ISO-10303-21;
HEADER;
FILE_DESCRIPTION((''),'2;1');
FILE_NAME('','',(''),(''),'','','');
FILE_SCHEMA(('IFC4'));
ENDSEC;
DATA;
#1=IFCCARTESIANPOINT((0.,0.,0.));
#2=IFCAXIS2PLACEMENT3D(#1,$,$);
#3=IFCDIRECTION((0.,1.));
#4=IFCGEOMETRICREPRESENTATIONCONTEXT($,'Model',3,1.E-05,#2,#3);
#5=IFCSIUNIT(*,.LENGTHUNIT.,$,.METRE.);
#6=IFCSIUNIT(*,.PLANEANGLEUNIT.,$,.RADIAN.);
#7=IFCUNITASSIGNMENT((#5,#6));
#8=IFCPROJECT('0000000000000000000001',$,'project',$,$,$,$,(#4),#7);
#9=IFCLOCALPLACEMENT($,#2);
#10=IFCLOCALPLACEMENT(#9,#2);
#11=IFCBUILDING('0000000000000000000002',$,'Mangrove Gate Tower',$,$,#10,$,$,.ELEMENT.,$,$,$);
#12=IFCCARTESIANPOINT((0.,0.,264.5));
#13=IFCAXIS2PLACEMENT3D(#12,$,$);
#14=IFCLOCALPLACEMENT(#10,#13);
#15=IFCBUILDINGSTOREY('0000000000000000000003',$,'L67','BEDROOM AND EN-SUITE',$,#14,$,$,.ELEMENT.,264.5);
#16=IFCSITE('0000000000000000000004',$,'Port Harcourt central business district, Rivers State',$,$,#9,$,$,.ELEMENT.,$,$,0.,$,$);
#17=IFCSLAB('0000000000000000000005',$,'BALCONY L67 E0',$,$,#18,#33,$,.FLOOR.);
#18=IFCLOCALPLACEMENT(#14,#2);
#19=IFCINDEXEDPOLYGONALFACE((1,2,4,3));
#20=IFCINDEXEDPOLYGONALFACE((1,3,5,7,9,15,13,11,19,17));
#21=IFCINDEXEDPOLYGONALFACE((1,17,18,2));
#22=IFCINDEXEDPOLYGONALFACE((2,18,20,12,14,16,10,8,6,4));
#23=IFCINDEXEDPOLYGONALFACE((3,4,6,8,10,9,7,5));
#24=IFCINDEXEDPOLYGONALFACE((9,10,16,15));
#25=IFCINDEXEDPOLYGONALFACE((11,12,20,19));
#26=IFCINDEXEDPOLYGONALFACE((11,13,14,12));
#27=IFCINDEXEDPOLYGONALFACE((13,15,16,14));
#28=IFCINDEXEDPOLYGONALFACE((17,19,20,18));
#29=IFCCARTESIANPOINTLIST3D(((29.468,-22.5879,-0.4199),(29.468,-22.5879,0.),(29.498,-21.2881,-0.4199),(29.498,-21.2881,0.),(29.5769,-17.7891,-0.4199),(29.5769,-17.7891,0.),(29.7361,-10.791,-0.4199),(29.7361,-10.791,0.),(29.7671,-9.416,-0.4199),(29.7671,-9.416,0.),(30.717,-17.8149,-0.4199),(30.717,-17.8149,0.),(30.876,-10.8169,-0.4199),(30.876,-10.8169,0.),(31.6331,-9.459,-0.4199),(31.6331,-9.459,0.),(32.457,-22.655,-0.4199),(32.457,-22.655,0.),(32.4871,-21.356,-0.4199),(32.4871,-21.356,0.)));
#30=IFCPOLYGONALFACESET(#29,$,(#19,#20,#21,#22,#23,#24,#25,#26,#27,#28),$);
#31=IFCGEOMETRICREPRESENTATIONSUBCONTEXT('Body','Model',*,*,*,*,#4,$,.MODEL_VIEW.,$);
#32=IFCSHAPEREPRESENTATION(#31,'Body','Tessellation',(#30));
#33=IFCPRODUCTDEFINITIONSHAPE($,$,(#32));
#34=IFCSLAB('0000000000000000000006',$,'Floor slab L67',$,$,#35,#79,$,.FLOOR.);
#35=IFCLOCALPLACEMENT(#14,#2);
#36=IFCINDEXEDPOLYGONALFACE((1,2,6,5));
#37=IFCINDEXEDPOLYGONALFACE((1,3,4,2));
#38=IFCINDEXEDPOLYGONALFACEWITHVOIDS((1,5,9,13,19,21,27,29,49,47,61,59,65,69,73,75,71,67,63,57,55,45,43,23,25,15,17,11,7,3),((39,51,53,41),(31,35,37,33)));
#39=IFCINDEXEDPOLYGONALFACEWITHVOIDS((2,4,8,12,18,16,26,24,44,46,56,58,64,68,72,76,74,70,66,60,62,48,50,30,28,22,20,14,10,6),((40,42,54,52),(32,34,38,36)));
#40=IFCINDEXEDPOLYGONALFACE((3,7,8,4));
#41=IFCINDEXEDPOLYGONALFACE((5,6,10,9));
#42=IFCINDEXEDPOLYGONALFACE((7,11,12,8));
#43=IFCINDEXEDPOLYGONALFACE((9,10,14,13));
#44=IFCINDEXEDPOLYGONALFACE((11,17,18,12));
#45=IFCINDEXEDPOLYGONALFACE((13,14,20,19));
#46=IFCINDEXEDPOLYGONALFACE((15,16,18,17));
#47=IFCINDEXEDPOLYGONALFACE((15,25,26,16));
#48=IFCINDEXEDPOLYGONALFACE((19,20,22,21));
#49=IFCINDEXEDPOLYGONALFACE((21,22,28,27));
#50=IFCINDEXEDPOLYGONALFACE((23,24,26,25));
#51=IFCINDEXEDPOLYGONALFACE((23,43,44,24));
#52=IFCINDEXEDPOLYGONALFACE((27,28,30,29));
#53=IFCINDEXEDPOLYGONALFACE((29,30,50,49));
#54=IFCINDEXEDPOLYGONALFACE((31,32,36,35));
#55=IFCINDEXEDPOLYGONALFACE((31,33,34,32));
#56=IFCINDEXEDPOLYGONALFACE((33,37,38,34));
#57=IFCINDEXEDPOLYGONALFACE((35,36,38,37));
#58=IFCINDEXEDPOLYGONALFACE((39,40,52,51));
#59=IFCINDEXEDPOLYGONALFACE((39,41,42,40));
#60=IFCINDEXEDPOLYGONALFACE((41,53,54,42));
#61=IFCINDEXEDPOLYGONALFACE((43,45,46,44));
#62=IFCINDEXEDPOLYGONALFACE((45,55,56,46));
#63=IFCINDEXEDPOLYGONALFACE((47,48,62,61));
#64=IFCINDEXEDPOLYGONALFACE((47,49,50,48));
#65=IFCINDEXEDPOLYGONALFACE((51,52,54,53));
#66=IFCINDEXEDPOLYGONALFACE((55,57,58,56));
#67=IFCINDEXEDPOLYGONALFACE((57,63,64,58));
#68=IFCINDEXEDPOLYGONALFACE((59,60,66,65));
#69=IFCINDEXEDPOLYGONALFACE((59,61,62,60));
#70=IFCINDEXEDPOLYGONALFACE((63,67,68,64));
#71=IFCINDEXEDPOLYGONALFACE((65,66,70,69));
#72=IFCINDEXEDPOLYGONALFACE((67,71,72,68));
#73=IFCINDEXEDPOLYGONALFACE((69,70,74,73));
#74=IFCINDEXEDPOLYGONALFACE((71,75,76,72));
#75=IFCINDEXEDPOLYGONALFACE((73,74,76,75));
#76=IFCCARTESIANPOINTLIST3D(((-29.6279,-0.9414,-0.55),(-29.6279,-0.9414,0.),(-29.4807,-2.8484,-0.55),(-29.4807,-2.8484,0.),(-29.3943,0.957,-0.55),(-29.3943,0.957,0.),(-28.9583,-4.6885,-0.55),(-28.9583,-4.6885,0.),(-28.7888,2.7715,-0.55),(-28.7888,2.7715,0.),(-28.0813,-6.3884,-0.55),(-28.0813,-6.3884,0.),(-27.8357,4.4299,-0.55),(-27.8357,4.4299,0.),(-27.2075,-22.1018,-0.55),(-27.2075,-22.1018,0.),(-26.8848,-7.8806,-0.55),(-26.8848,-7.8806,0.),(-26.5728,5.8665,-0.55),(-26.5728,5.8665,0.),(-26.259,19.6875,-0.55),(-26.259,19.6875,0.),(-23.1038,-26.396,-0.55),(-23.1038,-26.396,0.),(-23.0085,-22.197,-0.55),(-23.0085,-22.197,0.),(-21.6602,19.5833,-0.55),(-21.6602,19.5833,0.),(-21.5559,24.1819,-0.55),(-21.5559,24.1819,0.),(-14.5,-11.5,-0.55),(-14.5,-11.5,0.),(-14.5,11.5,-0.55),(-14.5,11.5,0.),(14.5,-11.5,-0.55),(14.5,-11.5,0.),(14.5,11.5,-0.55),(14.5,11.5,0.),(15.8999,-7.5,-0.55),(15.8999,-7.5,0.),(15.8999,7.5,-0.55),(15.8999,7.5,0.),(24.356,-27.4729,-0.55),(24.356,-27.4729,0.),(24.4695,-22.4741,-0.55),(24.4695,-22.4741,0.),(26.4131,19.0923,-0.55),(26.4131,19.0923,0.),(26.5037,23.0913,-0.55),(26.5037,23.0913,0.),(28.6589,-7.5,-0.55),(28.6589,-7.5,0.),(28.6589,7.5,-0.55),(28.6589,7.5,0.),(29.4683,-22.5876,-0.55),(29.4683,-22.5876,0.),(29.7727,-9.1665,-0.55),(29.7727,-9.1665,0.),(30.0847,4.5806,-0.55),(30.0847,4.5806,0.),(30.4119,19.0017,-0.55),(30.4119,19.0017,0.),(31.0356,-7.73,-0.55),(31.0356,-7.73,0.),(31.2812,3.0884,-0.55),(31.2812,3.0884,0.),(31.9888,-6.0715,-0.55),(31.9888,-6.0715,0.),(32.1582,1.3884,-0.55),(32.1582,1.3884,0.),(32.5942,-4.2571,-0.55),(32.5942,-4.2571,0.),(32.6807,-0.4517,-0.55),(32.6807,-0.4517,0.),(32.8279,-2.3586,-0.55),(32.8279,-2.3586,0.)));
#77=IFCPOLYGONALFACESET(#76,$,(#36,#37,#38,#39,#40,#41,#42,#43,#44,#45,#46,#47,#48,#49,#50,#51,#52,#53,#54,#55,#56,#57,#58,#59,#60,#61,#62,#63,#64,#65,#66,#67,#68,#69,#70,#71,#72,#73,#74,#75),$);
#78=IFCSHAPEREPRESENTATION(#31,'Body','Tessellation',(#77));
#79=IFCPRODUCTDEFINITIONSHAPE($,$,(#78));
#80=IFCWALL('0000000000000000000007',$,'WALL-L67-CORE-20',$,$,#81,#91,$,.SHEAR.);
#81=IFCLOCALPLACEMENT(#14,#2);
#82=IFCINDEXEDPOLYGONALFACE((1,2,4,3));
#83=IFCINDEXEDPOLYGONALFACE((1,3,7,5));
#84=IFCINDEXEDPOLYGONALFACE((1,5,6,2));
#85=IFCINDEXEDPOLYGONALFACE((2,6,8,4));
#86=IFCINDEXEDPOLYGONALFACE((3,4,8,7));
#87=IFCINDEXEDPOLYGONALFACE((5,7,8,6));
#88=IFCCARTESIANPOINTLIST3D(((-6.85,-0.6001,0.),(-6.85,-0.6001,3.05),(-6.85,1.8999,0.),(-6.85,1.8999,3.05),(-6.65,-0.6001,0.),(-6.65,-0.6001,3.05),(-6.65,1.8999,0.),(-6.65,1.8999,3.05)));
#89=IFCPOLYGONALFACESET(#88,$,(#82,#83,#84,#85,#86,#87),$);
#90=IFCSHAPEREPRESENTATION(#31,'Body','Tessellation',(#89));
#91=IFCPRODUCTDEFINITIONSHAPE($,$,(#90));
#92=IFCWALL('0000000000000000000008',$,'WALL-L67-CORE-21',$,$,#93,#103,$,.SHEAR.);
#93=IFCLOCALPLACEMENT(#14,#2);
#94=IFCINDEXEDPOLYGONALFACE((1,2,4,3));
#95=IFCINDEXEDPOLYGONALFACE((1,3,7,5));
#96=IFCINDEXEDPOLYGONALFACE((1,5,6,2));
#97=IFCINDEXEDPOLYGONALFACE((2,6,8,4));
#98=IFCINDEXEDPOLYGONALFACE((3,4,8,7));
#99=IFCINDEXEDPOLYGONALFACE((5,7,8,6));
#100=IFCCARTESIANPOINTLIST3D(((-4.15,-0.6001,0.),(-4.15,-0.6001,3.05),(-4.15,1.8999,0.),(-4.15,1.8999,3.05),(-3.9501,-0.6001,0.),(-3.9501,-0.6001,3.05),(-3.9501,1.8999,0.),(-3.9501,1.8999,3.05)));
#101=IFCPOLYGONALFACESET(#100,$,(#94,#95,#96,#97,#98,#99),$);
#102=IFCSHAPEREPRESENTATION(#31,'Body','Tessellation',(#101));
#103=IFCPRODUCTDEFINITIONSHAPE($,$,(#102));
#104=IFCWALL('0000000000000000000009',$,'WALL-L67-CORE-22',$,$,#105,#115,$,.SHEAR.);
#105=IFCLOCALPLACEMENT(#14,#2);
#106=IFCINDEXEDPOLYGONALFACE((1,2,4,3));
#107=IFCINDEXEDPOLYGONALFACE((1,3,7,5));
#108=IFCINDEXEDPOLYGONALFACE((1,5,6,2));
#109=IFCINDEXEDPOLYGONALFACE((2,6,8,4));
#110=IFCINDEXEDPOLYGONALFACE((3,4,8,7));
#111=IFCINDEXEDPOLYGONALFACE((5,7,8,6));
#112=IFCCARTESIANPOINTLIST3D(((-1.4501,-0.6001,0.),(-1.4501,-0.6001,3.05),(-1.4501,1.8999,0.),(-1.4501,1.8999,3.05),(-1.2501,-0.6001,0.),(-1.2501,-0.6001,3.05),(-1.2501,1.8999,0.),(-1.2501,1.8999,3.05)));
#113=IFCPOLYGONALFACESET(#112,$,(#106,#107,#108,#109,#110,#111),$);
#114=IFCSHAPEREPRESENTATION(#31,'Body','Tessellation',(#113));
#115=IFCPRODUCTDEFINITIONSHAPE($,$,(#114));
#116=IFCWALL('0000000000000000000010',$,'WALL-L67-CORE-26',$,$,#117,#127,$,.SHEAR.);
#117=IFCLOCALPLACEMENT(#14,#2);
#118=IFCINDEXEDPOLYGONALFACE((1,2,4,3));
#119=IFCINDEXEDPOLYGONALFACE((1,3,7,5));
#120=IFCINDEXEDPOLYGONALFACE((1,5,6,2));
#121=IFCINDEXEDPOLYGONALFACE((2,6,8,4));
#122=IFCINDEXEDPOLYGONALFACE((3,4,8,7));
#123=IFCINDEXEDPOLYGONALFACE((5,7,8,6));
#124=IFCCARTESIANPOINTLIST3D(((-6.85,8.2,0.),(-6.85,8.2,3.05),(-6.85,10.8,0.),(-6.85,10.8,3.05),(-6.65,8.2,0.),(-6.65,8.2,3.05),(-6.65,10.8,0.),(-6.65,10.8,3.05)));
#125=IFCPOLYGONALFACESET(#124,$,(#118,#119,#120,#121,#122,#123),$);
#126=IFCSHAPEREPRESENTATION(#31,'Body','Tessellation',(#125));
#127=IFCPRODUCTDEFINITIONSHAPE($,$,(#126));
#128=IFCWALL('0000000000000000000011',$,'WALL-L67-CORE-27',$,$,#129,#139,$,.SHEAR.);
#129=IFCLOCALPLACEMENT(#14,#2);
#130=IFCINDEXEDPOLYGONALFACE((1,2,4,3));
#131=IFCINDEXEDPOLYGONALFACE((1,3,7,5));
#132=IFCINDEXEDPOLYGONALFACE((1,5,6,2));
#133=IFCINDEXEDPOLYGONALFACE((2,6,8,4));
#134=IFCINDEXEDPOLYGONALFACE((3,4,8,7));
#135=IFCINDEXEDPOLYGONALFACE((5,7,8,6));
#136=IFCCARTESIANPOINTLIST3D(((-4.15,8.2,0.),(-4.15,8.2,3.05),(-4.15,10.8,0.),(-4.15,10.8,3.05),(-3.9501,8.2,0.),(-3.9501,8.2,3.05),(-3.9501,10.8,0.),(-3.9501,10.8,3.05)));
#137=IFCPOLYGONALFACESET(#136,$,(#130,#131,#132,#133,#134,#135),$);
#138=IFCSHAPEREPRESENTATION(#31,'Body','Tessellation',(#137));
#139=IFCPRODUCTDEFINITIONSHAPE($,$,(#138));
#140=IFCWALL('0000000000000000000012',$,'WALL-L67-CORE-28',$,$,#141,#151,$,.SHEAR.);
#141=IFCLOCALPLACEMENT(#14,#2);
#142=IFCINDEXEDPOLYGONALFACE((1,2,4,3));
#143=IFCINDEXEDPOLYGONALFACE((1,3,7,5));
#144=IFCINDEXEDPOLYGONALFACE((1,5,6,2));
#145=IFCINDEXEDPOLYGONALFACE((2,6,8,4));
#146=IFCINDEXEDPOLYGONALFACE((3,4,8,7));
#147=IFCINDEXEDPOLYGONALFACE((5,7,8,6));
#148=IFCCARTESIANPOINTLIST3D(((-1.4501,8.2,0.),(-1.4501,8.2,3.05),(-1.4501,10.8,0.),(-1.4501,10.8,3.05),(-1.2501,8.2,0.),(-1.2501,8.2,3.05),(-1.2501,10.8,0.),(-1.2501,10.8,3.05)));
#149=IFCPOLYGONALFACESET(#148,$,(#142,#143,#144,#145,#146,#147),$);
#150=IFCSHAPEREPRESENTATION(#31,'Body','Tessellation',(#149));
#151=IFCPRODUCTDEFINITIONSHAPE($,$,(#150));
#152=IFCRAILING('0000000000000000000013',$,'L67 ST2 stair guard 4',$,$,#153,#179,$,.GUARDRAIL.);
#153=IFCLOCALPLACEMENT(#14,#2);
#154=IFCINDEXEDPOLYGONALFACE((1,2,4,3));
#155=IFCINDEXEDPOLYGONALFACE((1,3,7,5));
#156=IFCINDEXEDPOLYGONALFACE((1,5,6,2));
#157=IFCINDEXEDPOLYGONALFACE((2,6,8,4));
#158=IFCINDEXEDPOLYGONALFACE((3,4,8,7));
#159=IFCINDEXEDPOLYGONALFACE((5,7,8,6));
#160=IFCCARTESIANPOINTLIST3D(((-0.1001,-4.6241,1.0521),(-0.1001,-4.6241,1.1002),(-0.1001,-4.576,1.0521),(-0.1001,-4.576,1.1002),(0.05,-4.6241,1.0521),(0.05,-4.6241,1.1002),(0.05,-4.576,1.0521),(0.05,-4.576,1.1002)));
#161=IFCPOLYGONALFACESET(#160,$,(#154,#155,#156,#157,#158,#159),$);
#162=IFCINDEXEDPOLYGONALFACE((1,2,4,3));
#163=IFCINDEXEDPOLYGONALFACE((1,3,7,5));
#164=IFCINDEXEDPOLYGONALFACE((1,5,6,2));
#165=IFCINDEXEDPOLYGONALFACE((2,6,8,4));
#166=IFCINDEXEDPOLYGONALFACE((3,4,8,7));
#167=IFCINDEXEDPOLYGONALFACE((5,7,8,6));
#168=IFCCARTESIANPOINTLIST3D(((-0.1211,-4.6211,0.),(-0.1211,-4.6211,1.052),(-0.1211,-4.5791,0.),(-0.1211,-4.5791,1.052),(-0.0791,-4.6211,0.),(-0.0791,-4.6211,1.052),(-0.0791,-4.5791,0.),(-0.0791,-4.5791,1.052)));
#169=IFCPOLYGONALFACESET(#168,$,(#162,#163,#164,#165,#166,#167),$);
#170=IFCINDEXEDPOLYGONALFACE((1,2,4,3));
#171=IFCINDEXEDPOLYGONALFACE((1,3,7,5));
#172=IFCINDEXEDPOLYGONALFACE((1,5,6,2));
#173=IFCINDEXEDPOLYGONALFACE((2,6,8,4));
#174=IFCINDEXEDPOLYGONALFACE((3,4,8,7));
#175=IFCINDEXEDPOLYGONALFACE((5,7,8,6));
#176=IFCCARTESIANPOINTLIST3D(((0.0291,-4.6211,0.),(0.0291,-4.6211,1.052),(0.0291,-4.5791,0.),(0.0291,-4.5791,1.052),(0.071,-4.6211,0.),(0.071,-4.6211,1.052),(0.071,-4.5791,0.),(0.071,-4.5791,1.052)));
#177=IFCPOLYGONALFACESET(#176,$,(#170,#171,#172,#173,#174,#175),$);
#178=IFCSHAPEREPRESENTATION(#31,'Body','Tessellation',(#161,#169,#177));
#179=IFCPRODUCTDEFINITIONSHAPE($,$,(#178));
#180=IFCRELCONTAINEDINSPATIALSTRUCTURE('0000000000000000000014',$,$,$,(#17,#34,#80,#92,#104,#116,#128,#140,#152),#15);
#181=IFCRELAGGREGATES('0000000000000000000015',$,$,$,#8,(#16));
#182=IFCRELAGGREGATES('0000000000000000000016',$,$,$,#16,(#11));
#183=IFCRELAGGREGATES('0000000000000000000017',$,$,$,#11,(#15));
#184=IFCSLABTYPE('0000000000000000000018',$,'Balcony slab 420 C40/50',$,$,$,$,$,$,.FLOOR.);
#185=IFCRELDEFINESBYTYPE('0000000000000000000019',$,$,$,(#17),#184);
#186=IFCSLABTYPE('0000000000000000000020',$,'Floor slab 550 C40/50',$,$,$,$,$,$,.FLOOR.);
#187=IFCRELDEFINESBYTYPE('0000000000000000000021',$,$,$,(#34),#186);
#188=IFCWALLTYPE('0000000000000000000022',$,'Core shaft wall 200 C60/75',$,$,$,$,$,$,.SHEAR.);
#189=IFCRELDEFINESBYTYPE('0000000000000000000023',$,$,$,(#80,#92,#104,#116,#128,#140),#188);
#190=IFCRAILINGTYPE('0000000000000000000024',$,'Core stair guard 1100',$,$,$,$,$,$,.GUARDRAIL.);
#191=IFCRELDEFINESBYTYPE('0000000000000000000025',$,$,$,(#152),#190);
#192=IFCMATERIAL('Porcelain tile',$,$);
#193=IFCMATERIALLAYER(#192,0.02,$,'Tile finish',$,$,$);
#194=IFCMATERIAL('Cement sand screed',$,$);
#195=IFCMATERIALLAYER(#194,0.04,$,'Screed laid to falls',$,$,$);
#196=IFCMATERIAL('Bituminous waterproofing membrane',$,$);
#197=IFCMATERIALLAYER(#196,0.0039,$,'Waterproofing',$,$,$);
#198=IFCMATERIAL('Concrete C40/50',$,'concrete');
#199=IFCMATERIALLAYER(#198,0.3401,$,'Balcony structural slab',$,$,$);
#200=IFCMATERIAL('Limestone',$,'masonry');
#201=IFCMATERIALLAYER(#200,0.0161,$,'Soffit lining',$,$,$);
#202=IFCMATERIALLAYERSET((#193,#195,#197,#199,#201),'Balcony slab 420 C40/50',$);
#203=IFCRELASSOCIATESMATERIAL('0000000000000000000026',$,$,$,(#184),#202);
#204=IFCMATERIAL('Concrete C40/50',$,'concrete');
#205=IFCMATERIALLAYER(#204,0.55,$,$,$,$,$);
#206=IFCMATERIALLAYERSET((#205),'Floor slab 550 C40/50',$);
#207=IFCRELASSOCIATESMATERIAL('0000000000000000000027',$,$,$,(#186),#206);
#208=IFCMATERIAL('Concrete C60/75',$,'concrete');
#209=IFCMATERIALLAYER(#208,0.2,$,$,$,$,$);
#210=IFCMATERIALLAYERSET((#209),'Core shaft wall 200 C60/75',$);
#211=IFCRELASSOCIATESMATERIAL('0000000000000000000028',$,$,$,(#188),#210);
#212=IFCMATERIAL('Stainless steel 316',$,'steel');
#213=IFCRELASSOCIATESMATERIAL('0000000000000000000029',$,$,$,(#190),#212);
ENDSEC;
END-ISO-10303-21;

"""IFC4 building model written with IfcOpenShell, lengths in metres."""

from ifc_helpers import new_model, si_unit, direction, frame, frame_2d, origin, origin_2d, place, context, subcontext, project, spatial, polyline, rectangle, outline, extrude, material, layer, layer_set, type_object, element, save


model = new_model("IFC4")

# Units and contexts
model_context = context("Model", 3, precision=1e-05, world=origin(), true_north=direction((0.0, 1.0)))
body_context = subcontext(model_context, "Body", "Model", "MODEL_VIEW")
ifc_project = project(units=[si_unit("LENGTHUNIT", "METRE"), si_unit("PLANEANGLEUNIT", "RADIAN")], contexts=[model_context])

# Site, building, storey
site_placement = place(None, origin())
site = spatial("IfcSite", under=ifc_project, at=site_placement, Name="Port Harcourt central business district, Rivers State", CompositionType="ELEMENT", RefElevation=0.0)
building_placement = place(site_placement, origin())
building = spatial("IfcBuilding", under=site, at=building_placement, Name="Mangrove Gate Tower", CompositionType="ELEMENT")
storey_placement = place(building_placement, frame((0.0, 0.0, 264.5)))
storey = spatial("IfcBuildingStorey", under=building, at=storey_placement, Name="L67", Description="BEDROOM AND EN-SUITE", CompositionType="ELEMENT", Elevation=264.5)

# Slabs
ifc_material_1 = material(Name="Porcelain tile")
ifc_layer_1 = layer(ifc_material_1, 0.02, Name="Tile finish")
ifc_material_2 = material(Name="Cement sand screed")
ifc_layer_2 = layer(ifc_material_2, 0.04, Name="Screed laid to falls")
ifc_material_3 = material(Name="Bituminous waterproofing membrane")
ifc_layer_3 = layer(ifc_material_3, 0.0039, Name="Waterproofing")
ifc_material_4 = material(Name="Concrete C40/50", Category="concrete")
ifc_layer_4 = layer(ifc_material_4, 0.3401, Name="Balcony structural slab")
ifc_material_5 = material(Name="Limestone", Category="masonry")
ifc_layer_5 = layer(ifc_material_5, 0.0161, Name="Soffit lining")
ifc_layer_set_1 = layer_set([ifc_layer_1, ifc_layer_2, ifc_layer_3, ifc_layer_4, ifc_layer_5], Name="Balcony slab 420 C40/50")
slab_type_1 = type_object("IfcSlabType", Name="Balcony slab 420 C40/50", PredefinedType="FLOOR", material=ifc_layer_set_1)
slab_1_placement = place(storey_placement, frame((0.0, 0.0, -0.4199)))
element("IfcSlab", 1, at=slab_1_placement, inside=storey, type_object=slab_type_1, Name="BALCONY L67 E0", PredefinedType="FLOOR", context=body_context, shape_type="SweptSolid", body=[
    extrude(outline(polyline([(32.457, -22.655), (32.4871, -21.356), (30.717, -17.8149), (30.876, -10.8169), (31.6331, -9.459), (29.7671, -9.416), (29.7361, -10.791), (29.5769, -17.7891), (29.498, -21.2881), (29.468, -22.5879), (32.457, -22.655)])), origin(), (0.0, 0.0, 1.0), 0.4199),
])
ifc_material_6 = material(Name="Concrete C40/50", Category="concrete")
ifc_layer_6 = layer(ifc_material_6, 0.55)
ifc_layer_set_2 = layer_set([ifc_layer_6], Name="Floor slab 550 C40/50")
slab_type_2 = type_object("IfcSlabType", Name="Floor slab 550 C40/50", PredefinedType="FLOOR", material=ifc_layer_set_2)
slab_2_placement = place(storey_placement, frame((0.0, 0.0, -0.55)))
element("IfcSlab", 2, at=slab_2_placement, inside=storey, type_object=slab_type_2, Name="Floor slab L67", PredefinedType="FLOOR", context=body_context, shape_type="SweptSolid", body=[
    extrude(outline(polyline([(-23.1038, -26.396), (24.356, -27.4729), (24.4695, -22.4741), (29.4683, -22.5876), (29.7727, -9.1665), (31.0356, -7.73), (31.9888, -6.0715), (32.5942, -4.2571), (32.8279, -2.3586), (32.6807, -0.4517), (32.1582, 1.3884), (31.2812, 3.0884), (30.0847, 4.5806), (30.4119, 19.0017), (26.4131, 19.0923), (26.5037, 23.0913), (-21.5559, 24.1819), (-21.6602, 19.5833), (-26.259, 19.6875), (-26.5728, 5.8665), (-27.8357, 4.4299), (-28.7888, 2.7715), (-29.3943, 0.957), (-29.6279, -0.9414), (-29.4807, -2.8484), (-28.9583, -4.6885), (-28.0813, -6.3884), (-26.8848, -7.8806), (-27.2075, -22.1018), (-23.0085, -22.197), (-23.1038, -26.396)]), holes=[polyline([(15.8999, 7.5), (28.6589, 7.5), (28.6589, -7.5), (15.8999, -7.5), (15.8999, 7.5)]), polyline([(-14.5, -11.5), (-14.5, 11.5), (14.5, 11.5), (14.5, -11.5), (-14.5, -11.5)])]), origin(), (0.0, 0.0, 1.0), 0.55),
])

# Walls
ifc_material_7 = material(Name="Concrete C60/75", Category="concrete")
ifc_layer_7 = layer(ifc_material_7, 0.2)
ifc_layer_set_3 = layer_set([ifc_layer_7], Name="Core shaft wall 200 C60/75")
wall_type = type_object("IfcWallType", Name="Core shaft wall 200 C60/75", PredefinedType="SHEAR", material=ifc_layer_set_3)
for number, where, z_axis, x_axis, name in (
    (3, (-6.75, -0.6001, 0.0), (0.0, 0.0, 1.0), (0.0, 1.0, 0.0), "WALL-L67-CORE-20"),
    (4, (-4.05, -0.6001, 0.0), (0.0, 0.0, 1.0), (0.0, 1.0, 0.0), "WALL-L67-CORE-21"),
    (5, (-1.3501, -0.6001, 0.0), (0.0, 0.0, 1.0), (0.0, 1.0, 0.0), "WALL-L67-CORE-22"),
):
    element("IfcWall", number, at=place(storey_placement, frame(where, z_axis=z_axis, x_axis=x_axis)), inside=storey, type_object=wall_type, Name=name, PredefinedType="SHEAR", context=body_context, shape_type="SweptSolid", body=[
        extrude(rectangle(XDim=2.5, YDim=0.2, at=frame_2d((1.25, 0.0))), origin(), (0.0, 0.0, 1.0), 3.05),
    ])
for number, where, z_axis, x_axis, name in (
    (6, (-6.75, 8.2, 0.0), (0.0, 0.0, 1.0), (0.0, 1.0, 0.0), "WALL-L67-CORE-26"),
    (7, (-4.05, 8.2, 0.0), (0.0, 0.0, 1.0), (0.0, 1.0, 0.0), "WALL-L67-CORE-27"),
    (8, (-1.3501, 8.2, 0.0), (0.0, 0.0, 1.0), (0.0, 1.0, 0.0), "WALL-L67-CORE-28"),
):
    element("IfcWall", number, at=place(storey_placement, frame(where, z_axis=z_axis, x_axis=x_axis)), inside=storey, type_object=wall_type, Name=name, PredefinedType="SHEAR", context=body_context, shape_type="SweptSolid", body=[
        extrude(rectangle(XDim=2.6001, YDim=0.2, at=frame_2d((1.3, 0.0))), origin(), (0.0, 0.0, 1.0), 3.05),
    ])

# Railing
ifc_material_8 = material(Name="Stainless steel 316", Category="steel")
railing_type = type_object("IfcRailingType", Name="Core stair guard 1100", PredefinedType="GUARDRAIL", material=ifc_material_8)
railing_placement = place(storey_placement, frame((-0.1001, -4.6001, 0.0)))
element("IfcRailing", 9, at=railing_placement, inside=storey, type_object=railing_type, Name="L67 ST2 stair guard 4", PredefinedType="GUARDRAIL", context=body_context, shape_type="SweptSolid", body=[
    extrude(rectangle(XDim=0.0481, YDim=0.0481, at=origin_2d()), frame((0.0, 0.0, 1.0762), z_axis=(1.0, 0.0, 0.0), x_axis=(0.0, 1.0, 0.0)), (0.0, 0.0, 1.0), 0.1501),
    extrude(rectangle(XDim=0.042, YDim=0.042, at=origin_2d()), origin(), (0.0, 0.0, 1.0), 1.052),
    extrude(rectangle(XDim=0.042, YDim=0.042, at=origin_2d()), frame((0.1501, 0.0, 0.0)), (0.0, 0.0, 1.0), 1.052),
])

save(model, "model.ifc")
